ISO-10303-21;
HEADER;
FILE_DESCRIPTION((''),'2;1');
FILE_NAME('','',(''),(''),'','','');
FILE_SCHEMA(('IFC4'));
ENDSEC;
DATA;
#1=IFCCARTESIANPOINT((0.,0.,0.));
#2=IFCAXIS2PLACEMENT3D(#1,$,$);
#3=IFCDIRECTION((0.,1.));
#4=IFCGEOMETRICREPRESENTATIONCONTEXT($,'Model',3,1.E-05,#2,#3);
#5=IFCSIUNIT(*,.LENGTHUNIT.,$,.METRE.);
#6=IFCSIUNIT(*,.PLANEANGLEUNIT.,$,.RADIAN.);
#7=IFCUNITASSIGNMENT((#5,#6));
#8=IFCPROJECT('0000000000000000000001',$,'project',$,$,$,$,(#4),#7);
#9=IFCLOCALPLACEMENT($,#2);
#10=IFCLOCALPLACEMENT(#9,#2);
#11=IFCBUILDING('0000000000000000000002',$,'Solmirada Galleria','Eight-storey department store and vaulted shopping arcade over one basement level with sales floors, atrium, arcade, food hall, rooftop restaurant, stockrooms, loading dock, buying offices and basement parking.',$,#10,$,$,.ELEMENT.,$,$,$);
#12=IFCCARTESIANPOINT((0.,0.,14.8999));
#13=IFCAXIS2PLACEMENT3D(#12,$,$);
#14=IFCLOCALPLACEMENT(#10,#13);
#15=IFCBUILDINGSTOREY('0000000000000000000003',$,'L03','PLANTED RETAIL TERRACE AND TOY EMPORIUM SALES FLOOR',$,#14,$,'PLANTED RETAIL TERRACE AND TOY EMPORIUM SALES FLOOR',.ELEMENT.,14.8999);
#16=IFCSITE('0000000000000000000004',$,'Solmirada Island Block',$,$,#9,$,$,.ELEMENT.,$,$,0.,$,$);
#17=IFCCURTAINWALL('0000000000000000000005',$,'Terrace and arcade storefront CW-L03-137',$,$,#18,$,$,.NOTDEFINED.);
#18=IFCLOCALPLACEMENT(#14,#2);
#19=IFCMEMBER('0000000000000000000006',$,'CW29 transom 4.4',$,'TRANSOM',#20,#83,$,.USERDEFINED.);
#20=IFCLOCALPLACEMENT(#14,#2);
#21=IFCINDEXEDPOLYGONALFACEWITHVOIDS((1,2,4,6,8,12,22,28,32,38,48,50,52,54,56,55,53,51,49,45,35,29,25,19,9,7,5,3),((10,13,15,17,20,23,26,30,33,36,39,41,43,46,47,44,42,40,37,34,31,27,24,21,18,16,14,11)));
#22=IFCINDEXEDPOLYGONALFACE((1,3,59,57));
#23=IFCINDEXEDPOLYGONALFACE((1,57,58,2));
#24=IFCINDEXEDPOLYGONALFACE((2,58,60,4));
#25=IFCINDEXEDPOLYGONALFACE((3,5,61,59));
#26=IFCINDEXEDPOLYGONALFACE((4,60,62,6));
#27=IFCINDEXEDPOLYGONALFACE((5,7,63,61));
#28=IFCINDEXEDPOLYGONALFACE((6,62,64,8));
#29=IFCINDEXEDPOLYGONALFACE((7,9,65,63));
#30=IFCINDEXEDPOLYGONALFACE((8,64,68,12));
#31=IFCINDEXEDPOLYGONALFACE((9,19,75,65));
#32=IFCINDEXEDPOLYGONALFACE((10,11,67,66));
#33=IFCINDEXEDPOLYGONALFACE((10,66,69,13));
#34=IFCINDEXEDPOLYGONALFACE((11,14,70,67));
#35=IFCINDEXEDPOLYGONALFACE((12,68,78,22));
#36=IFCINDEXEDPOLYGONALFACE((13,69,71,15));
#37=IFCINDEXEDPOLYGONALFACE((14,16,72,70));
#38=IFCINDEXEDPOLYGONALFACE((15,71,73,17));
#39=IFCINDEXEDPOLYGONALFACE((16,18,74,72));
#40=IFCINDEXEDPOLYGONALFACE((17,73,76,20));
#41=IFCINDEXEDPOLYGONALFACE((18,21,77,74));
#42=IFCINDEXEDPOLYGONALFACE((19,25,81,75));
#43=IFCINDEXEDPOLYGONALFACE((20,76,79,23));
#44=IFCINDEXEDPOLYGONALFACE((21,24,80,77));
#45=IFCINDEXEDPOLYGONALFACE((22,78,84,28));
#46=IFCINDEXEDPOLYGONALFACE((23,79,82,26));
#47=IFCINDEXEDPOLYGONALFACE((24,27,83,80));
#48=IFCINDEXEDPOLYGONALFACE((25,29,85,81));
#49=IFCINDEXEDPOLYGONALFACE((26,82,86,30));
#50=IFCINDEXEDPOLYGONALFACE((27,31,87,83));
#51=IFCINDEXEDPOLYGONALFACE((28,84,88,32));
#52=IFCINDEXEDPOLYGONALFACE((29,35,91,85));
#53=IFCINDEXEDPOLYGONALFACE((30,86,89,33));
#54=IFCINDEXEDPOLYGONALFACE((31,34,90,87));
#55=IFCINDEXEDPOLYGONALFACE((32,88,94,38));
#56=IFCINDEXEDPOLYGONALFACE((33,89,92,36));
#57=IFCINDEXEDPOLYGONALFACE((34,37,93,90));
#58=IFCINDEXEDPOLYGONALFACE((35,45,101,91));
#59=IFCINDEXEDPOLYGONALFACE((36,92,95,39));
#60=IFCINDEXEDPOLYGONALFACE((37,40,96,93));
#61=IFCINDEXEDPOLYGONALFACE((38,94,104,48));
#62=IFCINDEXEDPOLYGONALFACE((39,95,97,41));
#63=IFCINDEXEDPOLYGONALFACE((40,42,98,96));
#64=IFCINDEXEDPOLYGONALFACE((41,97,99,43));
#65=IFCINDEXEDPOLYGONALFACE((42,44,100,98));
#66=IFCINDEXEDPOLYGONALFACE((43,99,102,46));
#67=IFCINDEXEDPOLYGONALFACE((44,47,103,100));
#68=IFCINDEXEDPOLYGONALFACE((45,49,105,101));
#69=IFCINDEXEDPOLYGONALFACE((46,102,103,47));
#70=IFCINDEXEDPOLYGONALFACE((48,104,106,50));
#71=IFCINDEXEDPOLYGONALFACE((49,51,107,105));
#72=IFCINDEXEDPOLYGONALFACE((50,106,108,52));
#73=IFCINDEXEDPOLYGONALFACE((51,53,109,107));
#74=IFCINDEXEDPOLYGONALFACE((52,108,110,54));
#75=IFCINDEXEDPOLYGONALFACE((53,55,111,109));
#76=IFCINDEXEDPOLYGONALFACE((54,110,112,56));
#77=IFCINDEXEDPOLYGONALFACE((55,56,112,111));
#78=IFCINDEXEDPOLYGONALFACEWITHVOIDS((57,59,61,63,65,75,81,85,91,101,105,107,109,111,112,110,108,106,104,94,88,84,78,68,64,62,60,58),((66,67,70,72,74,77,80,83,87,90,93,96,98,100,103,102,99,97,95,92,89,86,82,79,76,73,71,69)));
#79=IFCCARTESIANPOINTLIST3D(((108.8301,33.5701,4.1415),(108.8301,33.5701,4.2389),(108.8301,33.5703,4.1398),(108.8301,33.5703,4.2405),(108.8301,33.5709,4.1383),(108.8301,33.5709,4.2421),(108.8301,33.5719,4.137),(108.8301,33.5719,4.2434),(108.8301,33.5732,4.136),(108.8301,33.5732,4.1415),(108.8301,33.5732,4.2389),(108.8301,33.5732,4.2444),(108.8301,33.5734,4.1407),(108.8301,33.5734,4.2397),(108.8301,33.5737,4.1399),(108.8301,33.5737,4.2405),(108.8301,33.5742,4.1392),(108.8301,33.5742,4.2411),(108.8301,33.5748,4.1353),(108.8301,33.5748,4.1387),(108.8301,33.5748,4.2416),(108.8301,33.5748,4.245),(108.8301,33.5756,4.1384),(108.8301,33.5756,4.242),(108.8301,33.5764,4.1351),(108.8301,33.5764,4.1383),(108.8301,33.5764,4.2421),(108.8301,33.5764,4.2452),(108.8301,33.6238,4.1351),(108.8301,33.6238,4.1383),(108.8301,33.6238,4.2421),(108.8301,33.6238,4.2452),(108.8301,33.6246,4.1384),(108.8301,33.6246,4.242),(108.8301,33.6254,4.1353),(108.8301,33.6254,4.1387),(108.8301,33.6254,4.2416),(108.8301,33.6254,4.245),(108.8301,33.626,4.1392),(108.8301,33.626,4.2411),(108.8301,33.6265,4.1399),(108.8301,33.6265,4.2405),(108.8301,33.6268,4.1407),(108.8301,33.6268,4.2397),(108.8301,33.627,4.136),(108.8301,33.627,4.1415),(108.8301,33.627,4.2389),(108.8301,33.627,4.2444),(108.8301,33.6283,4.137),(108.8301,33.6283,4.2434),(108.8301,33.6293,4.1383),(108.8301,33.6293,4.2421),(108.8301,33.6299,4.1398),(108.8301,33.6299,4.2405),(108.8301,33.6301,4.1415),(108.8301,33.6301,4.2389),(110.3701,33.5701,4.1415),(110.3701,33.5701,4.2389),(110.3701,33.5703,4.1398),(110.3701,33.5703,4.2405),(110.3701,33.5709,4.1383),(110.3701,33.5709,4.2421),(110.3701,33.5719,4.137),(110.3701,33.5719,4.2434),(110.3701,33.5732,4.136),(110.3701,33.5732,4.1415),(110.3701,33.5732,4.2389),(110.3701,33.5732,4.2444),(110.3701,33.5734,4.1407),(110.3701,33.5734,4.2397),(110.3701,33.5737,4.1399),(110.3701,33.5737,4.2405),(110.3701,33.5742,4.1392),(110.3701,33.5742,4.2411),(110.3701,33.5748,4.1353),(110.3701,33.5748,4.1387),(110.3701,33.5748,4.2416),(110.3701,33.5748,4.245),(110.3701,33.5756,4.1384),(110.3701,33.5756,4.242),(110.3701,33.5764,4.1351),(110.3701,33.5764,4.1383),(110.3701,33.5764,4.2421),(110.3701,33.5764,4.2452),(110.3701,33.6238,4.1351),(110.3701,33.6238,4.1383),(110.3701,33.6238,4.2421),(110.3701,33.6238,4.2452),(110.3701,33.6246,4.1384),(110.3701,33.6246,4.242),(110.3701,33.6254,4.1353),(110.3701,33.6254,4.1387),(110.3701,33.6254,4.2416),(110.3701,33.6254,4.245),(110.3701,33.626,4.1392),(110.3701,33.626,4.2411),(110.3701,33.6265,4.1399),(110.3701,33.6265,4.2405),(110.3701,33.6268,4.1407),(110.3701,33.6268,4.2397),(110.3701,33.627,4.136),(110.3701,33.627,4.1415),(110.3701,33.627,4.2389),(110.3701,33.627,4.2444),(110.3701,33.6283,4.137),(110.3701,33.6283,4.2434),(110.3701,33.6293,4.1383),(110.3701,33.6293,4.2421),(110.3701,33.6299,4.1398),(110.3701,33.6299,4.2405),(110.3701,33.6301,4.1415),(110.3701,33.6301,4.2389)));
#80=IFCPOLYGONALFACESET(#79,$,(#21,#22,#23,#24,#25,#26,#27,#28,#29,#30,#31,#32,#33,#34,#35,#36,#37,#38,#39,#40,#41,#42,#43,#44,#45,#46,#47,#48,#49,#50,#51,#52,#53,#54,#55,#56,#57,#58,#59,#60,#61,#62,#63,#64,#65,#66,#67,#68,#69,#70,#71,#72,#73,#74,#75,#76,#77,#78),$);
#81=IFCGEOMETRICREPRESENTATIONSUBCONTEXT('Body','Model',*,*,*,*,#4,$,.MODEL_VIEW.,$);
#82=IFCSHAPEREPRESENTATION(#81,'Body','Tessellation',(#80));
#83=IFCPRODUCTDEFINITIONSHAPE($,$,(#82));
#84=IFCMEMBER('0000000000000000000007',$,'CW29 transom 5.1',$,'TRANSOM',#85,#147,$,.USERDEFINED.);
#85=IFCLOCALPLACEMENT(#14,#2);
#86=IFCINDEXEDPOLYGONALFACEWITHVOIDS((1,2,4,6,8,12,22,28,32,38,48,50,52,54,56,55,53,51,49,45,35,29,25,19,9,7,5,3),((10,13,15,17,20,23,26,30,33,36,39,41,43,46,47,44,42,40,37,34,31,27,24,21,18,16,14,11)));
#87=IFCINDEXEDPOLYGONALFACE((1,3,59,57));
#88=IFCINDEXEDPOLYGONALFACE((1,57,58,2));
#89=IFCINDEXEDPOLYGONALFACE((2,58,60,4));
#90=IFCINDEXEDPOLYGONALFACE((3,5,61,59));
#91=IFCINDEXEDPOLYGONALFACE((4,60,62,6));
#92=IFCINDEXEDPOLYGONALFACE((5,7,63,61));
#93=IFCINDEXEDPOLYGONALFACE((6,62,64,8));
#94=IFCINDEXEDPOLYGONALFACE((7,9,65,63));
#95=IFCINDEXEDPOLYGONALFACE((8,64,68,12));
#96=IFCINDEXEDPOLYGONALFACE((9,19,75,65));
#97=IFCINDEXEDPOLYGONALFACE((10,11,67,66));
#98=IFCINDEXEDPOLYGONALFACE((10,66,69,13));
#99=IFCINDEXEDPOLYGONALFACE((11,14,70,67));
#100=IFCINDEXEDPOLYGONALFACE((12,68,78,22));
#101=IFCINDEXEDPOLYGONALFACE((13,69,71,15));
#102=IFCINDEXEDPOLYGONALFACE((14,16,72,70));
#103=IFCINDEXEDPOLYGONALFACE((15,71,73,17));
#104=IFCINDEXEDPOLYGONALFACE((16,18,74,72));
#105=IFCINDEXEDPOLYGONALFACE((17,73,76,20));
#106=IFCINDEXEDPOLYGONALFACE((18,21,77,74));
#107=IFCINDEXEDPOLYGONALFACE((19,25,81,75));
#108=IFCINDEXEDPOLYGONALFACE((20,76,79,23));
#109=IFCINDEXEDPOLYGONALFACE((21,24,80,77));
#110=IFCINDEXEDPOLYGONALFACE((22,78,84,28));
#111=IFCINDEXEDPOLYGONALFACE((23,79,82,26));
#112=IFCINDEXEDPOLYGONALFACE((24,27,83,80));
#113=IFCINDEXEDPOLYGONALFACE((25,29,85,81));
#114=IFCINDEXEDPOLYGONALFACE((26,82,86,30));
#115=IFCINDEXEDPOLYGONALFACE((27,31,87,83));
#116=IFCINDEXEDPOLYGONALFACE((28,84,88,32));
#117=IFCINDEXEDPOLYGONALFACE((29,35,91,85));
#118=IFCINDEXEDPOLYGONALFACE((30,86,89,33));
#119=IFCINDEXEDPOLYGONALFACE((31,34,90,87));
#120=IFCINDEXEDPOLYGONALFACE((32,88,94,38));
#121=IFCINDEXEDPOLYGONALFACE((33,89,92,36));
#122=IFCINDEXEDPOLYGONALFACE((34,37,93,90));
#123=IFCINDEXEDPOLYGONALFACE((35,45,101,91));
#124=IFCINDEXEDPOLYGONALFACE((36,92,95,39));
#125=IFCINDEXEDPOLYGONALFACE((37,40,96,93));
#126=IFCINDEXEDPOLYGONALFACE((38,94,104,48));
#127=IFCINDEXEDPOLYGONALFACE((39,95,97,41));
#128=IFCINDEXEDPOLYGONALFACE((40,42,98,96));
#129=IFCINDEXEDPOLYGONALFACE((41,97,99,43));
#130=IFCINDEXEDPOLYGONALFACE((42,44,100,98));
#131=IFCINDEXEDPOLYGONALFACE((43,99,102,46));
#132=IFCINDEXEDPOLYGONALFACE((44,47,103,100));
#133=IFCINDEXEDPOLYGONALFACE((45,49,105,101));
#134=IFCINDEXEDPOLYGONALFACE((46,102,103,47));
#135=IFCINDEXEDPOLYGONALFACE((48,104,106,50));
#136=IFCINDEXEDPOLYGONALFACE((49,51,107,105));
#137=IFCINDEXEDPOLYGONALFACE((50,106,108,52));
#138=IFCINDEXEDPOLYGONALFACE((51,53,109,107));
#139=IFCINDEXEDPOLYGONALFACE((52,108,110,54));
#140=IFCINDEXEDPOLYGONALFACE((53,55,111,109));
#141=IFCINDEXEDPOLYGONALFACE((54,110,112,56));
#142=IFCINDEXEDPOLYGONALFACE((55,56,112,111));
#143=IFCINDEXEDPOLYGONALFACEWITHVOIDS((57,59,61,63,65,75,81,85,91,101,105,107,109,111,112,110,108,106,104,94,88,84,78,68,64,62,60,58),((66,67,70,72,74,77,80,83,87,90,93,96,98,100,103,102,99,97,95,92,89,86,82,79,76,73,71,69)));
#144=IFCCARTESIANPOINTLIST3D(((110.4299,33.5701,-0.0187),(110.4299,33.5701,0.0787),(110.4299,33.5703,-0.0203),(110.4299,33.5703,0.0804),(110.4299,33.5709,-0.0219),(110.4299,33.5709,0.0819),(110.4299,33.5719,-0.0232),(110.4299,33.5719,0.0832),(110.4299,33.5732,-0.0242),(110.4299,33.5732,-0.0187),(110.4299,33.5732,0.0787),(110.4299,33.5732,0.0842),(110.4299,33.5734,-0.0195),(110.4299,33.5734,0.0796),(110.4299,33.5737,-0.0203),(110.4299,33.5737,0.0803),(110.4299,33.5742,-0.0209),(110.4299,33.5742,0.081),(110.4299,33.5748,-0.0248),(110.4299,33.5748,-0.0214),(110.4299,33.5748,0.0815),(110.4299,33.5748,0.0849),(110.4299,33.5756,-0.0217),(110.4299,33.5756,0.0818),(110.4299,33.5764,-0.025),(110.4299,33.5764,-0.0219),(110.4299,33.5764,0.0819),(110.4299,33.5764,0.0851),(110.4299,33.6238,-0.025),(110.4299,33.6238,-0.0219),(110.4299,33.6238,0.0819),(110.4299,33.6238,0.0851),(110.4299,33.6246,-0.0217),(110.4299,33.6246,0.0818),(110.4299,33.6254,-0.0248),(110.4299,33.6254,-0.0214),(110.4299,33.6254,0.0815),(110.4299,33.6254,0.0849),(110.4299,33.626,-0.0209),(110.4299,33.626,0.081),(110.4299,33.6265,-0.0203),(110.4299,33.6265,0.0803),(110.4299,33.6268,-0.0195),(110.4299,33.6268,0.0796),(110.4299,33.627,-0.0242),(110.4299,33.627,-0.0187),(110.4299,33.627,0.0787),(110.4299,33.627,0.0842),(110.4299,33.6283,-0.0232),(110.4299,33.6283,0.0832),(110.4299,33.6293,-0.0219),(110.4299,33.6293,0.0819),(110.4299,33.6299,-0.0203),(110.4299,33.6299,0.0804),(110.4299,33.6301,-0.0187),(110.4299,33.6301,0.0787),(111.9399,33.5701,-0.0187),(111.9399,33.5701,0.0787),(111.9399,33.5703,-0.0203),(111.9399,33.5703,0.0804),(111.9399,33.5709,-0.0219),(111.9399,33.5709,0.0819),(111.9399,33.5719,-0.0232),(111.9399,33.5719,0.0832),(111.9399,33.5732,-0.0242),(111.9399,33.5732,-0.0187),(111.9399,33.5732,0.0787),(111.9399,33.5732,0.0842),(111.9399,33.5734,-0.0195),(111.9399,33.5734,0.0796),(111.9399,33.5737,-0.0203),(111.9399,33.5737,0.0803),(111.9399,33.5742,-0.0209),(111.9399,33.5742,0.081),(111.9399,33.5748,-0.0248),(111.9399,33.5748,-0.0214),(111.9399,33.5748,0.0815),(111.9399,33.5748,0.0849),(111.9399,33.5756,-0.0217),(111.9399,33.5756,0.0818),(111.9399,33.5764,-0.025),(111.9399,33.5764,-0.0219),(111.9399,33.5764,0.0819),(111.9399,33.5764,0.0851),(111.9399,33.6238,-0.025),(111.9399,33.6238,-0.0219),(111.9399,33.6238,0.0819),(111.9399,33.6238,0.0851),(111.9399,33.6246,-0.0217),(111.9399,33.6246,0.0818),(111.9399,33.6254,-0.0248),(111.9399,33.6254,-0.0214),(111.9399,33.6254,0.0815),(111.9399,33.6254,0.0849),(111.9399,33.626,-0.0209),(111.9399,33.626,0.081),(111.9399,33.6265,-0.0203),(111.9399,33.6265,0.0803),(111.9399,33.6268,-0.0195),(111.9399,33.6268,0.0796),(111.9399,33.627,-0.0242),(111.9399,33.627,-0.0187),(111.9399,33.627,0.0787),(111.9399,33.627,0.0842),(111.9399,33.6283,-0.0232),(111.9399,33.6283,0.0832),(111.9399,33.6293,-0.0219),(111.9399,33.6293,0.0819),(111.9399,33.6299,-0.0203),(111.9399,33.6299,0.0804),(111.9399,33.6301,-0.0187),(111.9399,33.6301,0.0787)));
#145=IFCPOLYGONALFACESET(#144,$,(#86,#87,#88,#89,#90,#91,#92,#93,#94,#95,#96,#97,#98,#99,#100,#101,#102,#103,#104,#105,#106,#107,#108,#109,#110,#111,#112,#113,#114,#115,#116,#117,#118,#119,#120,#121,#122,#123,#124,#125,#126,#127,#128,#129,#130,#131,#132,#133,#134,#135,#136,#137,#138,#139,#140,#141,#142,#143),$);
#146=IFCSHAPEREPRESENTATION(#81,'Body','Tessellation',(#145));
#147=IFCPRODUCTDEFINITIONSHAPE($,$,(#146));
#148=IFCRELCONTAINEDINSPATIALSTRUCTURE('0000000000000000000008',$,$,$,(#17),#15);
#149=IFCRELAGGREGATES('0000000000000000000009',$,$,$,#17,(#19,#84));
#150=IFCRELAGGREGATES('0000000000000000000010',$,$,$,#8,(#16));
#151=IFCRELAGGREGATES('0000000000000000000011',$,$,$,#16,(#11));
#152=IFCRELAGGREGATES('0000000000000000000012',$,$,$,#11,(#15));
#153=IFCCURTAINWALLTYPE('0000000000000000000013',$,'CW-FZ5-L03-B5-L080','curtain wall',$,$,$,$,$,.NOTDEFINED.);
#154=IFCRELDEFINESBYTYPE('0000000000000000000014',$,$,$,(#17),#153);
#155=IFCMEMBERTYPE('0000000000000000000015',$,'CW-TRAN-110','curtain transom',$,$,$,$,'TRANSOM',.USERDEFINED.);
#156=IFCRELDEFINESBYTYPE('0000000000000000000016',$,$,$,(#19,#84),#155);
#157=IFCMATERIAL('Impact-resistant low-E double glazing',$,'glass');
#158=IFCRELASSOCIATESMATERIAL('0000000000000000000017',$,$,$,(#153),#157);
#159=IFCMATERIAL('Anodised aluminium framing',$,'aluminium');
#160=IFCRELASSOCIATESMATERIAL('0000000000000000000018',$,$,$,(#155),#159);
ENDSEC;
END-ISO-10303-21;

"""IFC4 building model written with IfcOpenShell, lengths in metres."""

from ifc_helpers import new_model, si_unit, direction, frame, origin, origin_2d, place, context, subcontext, project, spatial, hollow_rectangle, extrude, material, material_profile, profile_set, type_object, element, aggregate, save


model = new_model("IFC4")

# Units and contexts
model_context = context("Model", 3, precision=1e-05, world=origin(), true_north=direction((0.0, 1.0)))
body_context = subcontext(model_context, "Body", "Model", "MODEL_VIEW")
ifc_project = project(units=[si_unit("LENGTHUNIT", "METRE"), si_unit("PLANEANGLEUNIT", "RADIAN")], contexts=[model_context])

# Site, building, storey
site_placement = place(None, origin())
site = spatial("IfcSite", under=ifc_project, at=site_placement, Name="Solmirada Island Block", CompositionType="ELEMENT", RefElevation=0.0)
building_placement = place(site_placement, origin())
building = spatial("IfcBuilding", under=site, at=building_placement, Name="Solmirada Galleria", Description="Eight-storey department store and vaulted shopping arcade over one basement level with sales floors, atrium, arcade, food hall, rooftop restaurant, stockrooms, loading dock, buying offices and basement parking.", CompositionType="ELEMENT")
storey_placement = place(building_placement, frame((0.0, 0.0, 14.8999)))
storey = spatial("IfcBuildingStorey", under=building, at=storey_placement, Name="L03", Description="PLANTED RETAIL TERRACE AND TOY EMPORIUM SALES FLOOR", LongName="PLANTED RETAIL TERRACE AND TOY EMPORIUM SALES FLOOR", CompositionType="ELEMENT", Elevation=14.8999)

# Curtain wall
ifc_material_1 = material(Name="Impact-resistant low-E double glazing", Category="glass")
curtain_wall_type = type_object("IfcCurtainWallType", Name="CW-FZ5-L03-B5-L080", Description="curtain wall", PredefinedType="NOTDEFINED", material=ifc_material_1)
curtain_wall_1_placement = place(storey_placement, origin())
curtain_wall_1 = element("IfcCurtainWall", 1, at=curtain_wall_1_placement, inside=storey, type_object=curtain_wall_type, Name="Terrace and arcade storefront CW-L03-137", PredefinedType="NOTDEFINED")
ifc_material_2 = material(Name="Anodised aluminium framing", Category="aluminium")

# Members
ifc_material_profile_1 = material_profile(ifc_material_2, hollow_rectangle(XDim=0.0601, YDim=0.1101, WallThickness=0.0032, InnerFilletRadius=0.0032, OuterFilletRadius=0.0063, at=origin_2d()), Name="ALU-TRAN-110X60")
ifc_profile_set_1 = profile_set([ifc_material_profile_1], Name="Anodised aluminium framing")
member_type_1 = type_object("IfcMemberType", Name="CW-TRAN-110", Description="curtain transom", ElementType="TRANSOM", PredefinedType="USERDEFINED", material=ifc_profile_set_1)
member_1_placement = place(storey_placement, frame((108.8301, 33.6001, 4.1902), z_axis=(1.0, 0.0, 0.0), x_axis=(0.0, 1.0, 0.0)))
member_1 = element("IfcMember", 2, at=member_1_placement, type_object=member_type_1, Name="CW29 transom 4.4", ObjectType="TRANSOM", PredefinedType="USERDEFINED", context=body_context, shape_type="SweptSolid", body=[
    extrude(hollow_rectangle(XDim=0.0601, YDim=0.1101, WallThickness=0.0032, InnerFilletRadius=0.0032, OuterFilletRadius=0.0063, at=origin_2d()), origin(), (0.0, 0.0, 1.0), 1.54),
])
member_2_placement = place(storey_placement, frame((110.4299, 33.6001, 0.03), z_axis=(1.0, 0.0, 0.0), x_axis=(0.0, 1.0, 0.0)))
member_2 = element("IfcMember", 3, at=member_2_placement, type_object=member_type_1, Name="CW29 transom 5.1", ObjectType="TRANSOM", PredefinedType="USERDEFINED", context=body_context, shape_type="SweptSolid", body=[
    extrude(hollow_rectangle(XDim=0.0601, YDim=0.1101, WallThickness=0.0032, InnerFilletRadius=0.0032, OuterFilletRadius=0.0063, at=origin_2d()), origin(), (0.0, 0.0, 1.0), 1.51),
])

aggregate(curtain_wall_1, [member_1, member_2])

save(model, "model.ifc")
